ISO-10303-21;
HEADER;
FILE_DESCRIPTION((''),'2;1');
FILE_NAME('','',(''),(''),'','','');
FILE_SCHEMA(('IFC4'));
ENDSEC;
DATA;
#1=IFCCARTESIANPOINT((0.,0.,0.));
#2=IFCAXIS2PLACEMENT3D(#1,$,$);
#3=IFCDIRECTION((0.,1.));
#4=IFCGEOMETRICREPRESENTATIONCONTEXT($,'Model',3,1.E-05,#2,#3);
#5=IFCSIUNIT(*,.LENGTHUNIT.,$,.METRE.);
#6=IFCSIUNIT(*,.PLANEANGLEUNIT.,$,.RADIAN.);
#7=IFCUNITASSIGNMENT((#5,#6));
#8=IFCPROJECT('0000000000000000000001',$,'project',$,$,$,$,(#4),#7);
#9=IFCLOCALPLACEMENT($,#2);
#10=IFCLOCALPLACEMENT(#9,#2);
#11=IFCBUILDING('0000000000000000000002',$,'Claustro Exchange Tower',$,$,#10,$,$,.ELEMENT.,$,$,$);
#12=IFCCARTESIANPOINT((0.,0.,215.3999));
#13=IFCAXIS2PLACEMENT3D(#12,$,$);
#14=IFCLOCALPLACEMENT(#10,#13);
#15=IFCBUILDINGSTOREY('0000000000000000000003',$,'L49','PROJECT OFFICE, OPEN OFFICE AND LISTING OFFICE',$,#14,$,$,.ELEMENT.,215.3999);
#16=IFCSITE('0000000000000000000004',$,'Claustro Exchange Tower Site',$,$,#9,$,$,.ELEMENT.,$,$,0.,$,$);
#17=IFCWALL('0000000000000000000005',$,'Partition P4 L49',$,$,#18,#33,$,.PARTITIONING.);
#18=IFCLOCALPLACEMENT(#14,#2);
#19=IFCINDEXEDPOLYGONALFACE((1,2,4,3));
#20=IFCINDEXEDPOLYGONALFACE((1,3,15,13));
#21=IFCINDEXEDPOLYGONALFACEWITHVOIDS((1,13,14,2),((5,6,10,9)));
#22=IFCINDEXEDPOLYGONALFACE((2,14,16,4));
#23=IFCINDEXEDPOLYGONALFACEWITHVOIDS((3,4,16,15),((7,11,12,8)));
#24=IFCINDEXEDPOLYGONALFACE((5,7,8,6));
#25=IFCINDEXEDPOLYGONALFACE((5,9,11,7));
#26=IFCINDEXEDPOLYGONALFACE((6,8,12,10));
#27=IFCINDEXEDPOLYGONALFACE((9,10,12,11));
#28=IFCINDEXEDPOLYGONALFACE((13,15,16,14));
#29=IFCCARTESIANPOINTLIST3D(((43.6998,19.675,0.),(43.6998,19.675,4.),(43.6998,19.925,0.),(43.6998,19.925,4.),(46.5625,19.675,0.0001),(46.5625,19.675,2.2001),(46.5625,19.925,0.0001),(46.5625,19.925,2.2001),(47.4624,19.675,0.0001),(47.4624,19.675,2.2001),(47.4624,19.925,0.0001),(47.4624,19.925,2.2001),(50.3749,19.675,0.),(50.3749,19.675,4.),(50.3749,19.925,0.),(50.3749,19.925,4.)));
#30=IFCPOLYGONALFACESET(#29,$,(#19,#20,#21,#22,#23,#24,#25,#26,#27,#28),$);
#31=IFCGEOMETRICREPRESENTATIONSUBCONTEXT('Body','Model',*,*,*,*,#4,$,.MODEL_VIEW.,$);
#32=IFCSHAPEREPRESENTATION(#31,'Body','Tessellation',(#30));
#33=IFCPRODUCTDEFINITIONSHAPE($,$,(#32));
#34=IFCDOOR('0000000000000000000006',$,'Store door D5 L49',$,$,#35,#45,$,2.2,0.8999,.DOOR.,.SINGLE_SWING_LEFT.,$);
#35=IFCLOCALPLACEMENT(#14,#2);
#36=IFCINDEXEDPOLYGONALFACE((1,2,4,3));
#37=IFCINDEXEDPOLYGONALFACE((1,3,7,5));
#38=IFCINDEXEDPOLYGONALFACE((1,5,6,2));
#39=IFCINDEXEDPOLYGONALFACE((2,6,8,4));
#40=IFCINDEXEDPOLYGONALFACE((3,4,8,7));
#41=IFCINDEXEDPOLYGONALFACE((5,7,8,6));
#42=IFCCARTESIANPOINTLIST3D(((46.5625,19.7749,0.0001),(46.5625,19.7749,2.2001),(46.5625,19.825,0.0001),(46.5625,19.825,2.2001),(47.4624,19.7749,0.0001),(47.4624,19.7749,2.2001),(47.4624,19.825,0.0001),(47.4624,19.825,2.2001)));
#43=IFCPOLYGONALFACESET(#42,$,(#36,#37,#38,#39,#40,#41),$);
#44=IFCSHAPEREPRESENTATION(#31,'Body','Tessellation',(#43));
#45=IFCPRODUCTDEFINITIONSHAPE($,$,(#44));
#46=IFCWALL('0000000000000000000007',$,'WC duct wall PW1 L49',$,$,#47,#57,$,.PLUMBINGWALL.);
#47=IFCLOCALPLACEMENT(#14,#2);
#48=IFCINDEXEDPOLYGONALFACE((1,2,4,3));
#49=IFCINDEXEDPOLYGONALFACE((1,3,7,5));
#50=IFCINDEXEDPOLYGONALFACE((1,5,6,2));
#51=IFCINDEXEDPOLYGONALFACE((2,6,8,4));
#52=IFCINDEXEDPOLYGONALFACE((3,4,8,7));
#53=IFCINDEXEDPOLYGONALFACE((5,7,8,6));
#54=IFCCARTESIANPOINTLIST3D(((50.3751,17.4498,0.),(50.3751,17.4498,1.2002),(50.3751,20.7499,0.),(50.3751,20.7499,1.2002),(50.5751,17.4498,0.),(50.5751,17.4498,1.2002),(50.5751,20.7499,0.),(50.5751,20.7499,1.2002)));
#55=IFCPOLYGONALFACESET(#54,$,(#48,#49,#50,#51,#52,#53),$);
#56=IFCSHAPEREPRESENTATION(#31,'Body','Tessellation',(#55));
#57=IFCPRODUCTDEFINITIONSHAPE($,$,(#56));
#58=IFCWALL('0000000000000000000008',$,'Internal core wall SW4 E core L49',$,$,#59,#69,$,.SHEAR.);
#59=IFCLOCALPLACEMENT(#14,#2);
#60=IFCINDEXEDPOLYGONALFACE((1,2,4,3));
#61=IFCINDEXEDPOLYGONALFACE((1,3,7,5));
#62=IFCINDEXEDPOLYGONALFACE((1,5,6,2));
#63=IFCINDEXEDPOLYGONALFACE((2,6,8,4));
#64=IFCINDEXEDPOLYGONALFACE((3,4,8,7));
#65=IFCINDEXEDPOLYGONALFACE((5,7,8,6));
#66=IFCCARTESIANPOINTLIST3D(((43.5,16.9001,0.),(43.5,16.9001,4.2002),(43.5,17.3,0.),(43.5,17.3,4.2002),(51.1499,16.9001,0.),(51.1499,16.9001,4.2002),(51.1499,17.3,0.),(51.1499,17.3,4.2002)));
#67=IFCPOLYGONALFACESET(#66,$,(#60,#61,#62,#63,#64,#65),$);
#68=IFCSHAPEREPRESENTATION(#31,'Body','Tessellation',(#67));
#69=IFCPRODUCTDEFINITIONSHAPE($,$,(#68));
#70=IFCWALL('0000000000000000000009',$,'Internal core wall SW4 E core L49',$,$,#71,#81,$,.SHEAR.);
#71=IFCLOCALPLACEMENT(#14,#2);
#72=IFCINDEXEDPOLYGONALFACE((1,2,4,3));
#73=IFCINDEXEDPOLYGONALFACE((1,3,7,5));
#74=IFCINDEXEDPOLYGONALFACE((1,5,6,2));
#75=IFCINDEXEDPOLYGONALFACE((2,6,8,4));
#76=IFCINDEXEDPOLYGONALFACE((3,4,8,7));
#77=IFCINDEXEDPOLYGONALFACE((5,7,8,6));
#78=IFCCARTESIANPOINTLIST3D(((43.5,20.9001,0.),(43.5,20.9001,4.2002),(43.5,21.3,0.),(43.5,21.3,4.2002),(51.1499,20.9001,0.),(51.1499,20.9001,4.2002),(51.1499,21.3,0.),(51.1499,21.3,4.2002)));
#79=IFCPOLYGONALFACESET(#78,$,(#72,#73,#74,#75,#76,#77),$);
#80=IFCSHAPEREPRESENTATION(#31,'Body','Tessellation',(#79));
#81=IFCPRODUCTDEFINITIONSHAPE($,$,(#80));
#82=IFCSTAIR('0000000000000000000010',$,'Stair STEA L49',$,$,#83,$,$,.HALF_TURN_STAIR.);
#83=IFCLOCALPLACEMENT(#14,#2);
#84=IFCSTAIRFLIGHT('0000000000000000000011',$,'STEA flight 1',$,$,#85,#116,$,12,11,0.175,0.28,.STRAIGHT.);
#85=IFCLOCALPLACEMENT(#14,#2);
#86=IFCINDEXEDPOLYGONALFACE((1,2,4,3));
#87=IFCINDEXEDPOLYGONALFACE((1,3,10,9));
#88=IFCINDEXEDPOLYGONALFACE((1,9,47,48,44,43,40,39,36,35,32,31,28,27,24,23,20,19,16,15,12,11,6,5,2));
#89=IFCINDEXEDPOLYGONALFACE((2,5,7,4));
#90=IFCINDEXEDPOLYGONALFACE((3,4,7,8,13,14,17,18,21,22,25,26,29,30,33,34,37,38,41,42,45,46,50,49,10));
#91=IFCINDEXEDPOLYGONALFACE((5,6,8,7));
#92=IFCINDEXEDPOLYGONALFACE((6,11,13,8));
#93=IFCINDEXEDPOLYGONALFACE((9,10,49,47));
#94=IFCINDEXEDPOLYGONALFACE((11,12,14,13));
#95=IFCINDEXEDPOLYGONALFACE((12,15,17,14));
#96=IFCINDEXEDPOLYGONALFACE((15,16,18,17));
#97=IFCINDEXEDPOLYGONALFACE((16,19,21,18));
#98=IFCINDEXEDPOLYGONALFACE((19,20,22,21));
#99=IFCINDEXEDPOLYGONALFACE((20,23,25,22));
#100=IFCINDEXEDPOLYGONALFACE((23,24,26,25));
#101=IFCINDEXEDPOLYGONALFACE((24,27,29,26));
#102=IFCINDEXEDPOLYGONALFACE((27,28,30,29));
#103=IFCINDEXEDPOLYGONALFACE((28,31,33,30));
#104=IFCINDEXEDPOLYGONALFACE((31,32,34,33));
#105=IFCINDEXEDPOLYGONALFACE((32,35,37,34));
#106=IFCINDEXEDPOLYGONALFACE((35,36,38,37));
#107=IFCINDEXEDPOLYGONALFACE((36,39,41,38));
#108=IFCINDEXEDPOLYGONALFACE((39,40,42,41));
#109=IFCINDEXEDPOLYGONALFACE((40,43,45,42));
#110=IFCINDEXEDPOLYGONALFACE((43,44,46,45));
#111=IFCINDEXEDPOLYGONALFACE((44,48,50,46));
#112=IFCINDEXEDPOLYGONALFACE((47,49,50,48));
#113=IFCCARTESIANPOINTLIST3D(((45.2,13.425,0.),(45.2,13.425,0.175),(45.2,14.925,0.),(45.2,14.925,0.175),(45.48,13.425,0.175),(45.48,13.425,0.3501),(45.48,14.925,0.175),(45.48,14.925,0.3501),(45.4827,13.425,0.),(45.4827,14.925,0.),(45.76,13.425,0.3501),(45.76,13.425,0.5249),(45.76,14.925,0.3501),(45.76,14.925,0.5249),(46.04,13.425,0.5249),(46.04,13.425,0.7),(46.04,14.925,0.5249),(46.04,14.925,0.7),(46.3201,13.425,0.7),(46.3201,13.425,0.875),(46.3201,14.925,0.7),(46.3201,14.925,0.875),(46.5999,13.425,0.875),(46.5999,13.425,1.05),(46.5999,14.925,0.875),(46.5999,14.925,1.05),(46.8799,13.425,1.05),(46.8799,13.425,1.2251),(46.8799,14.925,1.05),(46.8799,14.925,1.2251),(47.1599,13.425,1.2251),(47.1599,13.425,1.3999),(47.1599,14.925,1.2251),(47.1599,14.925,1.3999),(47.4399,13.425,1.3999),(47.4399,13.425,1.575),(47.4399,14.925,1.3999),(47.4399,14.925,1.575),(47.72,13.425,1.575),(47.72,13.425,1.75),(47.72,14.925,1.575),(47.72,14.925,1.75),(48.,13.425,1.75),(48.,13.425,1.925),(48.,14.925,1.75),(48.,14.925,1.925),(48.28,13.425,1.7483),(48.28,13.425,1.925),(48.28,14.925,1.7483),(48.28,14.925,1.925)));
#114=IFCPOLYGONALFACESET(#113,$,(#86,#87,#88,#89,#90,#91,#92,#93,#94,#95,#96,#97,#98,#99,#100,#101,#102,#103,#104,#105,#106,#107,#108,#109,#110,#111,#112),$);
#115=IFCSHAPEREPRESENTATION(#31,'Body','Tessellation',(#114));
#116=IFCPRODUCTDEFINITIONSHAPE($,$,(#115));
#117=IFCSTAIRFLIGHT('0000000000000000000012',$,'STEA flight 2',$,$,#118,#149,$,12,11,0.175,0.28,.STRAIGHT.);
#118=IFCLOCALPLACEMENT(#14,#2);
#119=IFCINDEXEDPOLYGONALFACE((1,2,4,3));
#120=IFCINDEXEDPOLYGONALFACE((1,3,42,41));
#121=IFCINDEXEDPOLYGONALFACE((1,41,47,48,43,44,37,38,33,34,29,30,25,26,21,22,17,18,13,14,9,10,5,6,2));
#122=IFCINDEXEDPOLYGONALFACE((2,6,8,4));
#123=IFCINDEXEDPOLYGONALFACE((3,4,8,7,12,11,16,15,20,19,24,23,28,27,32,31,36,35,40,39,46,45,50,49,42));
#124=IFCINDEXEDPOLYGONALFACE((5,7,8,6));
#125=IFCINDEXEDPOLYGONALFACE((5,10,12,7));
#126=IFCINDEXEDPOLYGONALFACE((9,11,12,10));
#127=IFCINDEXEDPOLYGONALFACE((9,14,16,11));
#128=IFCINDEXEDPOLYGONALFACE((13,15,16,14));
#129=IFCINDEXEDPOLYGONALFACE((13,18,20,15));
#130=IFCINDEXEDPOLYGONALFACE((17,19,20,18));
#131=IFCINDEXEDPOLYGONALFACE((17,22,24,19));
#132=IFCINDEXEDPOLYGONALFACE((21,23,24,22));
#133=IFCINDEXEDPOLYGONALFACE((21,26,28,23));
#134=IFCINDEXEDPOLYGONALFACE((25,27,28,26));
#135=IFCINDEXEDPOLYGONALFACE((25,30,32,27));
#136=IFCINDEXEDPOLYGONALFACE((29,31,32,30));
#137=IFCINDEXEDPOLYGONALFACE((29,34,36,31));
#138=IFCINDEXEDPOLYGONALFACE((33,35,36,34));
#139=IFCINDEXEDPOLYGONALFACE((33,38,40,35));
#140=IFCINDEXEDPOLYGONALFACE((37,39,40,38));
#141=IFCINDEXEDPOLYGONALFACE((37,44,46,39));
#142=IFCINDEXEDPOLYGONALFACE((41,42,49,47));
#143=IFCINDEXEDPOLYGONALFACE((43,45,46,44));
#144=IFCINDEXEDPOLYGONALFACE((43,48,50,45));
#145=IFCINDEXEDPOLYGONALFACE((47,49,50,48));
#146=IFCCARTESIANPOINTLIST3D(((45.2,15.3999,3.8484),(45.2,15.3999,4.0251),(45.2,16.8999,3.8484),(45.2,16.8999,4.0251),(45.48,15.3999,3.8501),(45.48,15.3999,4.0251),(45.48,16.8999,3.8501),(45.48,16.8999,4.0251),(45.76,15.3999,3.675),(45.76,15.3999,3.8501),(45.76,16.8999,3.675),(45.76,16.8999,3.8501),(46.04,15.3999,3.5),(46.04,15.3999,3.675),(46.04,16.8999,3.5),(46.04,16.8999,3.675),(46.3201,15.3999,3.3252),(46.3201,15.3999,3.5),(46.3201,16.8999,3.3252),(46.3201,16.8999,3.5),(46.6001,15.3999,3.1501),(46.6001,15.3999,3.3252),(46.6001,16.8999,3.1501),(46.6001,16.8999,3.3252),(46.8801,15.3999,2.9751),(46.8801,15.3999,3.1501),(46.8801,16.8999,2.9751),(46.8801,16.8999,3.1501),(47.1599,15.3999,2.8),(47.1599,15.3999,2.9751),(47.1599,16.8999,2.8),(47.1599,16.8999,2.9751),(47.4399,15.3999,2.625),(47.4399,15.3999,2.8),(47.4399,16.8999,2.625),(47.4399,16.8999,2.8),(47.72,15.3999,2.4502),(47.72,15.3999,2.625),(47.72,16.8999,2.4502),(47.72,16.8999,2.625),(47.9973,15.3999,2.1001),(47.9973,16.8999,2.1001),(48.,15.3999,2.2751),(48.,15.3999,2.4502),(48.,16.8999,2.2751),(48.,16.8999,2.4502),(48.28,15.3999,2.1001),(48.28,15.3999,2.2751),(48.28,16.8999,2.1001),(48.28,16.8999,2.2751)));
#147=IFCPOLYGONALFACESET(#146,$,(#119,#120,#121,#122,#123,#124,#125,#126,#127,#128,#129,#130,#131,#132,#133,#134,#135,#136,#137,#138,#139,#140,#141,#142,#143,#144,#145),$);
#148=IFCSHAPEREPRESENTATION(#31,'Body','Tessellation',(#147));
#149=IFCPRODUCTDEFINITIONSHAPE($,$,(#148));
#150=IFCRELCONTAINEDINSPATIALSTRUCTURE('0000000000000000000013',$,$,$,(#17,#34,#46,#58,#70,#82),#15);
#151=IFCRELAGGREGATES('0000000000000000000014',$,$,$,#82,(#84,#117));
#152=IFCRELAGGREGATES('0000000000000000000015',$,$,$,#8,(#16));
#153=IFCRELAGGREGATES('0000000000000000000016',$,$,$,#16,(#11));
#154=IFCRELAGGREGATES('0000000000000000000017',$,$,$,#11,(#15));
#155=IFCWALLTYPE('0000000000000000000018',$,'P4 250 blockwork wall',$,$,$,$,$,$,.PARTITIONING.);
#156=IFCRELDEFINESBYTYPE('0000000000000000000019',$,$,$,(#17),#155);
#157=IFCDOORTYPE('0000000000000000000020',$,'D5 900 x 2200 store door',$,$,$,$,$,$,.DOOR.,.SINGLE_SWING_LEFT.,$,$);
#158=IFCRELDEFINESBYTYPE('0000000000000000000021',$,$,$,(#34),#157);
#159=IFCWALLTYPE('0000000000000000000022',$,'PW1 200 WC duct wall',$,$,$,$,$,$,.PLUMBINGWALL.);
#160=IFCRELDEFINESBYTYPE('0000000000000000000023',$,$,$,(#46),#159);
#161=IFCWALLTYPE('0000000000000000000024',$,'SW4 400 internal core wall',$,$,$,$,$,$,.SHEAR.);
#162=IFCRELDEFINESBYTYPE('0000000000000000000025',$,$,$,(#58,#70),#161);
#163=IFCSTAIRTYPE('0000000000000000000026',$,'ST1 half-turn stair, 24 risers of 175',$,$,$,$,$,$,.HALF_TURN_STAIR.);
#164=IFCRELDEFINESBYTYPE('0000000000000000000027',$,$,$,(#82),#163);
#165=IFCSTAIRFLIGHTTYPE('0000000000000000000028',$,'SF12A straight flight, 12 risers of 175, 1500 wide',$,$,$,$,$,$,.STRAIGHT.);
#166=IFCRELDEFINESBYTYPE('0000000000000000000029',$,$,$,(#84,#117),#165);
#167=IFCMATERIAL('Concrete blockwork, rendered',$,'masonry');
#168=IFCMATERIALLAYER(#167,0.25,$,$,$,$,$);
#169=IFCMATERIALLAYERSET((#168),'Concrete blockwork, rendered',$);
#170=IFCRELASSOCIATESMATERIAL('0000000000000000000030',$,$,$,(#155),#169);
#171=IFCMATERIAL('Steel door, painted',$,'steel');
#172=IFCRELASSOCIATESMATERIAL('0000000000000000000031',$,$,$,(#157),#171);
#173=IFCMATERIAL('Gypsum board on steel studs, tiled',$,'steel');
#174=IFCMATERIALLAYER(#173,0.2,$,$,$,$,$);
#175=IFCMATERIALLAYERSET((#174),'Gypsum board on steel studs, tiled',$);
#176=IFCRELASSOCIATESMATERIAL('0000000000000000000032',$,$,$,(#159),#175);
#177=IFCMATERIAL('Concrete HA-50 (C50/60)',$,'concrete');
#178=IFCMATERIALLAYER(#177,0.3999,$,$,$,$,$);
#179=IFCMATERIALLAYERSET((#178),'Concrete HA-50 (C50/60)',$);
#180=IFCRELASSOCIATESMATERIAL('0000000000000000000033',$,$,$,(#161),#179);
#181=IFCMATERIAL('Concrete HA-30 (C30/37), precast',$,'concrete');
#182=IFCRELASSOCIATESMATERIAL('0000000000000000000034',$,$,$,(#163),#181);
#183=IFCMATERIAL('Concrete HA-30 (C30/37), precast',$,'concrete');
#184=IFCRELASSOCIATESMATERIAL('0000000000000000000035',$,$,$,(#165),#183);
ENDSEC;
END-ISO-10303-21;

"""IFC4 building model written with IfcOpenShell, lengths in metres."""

from ifc_helpers import new_model, si_unit, direction, frame, frame_2d, origin, place, context, subcontext, project, spatial, polyline, rectangle, outline, extrude, material, layer, layer_set, type_object, element, fill, aggregate, save


model = new_model("IFC4")

# Units and contexts
model_context = context("Model", 3, precision=1e-05, world=origin(), true_north=direction((0.0, 1.0)))
body_context = subcontext(model_context, "Body", "Model", "MODEL_VIEW")
ifc_project = project(units=[si_unit("LENGTHUNIT", "METRE"), si_unit("PLANEANGLEUNIT", "RADIAN")], contexts=[model_context])

# Site, building, storey
site_placement = place(None, origin())
site = spatial("IfcSite", under=ifc_project, at=site_placement, Name="Claustro Exchange Tower Site", CompositionType="ELEMENT", RefElevation=0.0)
building_placement = place(site_placement, origin())
building = spatial("IfcBuilding", under=site, at=building_placement, Name="Claustro Exchange Tower", CompositionType="ELEMENT")
storey_placement = place(building_placement, frame((0.0, 0.0, 215.3999)))
storey = spatial("IfcBuildingStorey", under=building, at=storey_placement, Name="L49", Description="PROJECT OFFICE, OPEN OFFICE AND LISTING OFFICE", CompositionType="ELEMENT", Elevation=215.3999)

# Wall, opening, door
ifc_material_1 = material(Name="Concrete blockwork, rendered", Category="masonry")
ifc_layer_1 = layer(ifc_material_1, 0.25)
ifc_layer_set_1 = layer_set([ifc_layer_1], Name="Concrete blockwork, rendered")
wall_type_1 = type_object("IfcWallType", Name="P4 250 blockwork wall", PredefinedType="PARTITIONING", material=ifc_layer_set_1)
wall_1_placement = place(storey_placement, frame((43.7, 19.8, 0.0), z_axis=(0.0, 0.0, 1.0), x_axis=(1.0, 0.0, 0.0)))
wall_1 = element("IfcWall", 1, at=wall_1_placement, inside=storey, type_object=wall_type_1, Name="Partition P4 L49", PredefinedType="PARTITIONING", context=body_context, shape_type="SweptSolid", body=[
    extrude(rectangle(XDim=6.675, YDim=0.25, at=frame_2d((3.3374, 0.0))), origin(), (0.0, 0.0, 1.0), 4.0),
])
opening_placement = place(wall_1_placement, frame((2.8625, 0.0, 0.0)))
opening = element("IfcOpeningElement", 2, at=opening_placement, cuts=wall_1, PredefinedType="OPENING", context=body_context, shape_type="SweptSolid", body=[
    extrude(rectangle(XDim=0.8999, YDim=2.2, at=frame_2d((0.45, 1.1001))), frame((0.0, 0.135, 0.0), z_axis=(0.0, -1.0, 0.0), x_axis=(1.0, 0.0, 0.0)), (0.0, 0.0, 1.0), 0.27),
])
ifc_material_2 = material(Name="Steel door, painted", Category="steel")
door_type = type_object("IfcDoorType", Name="D5 900 x 2200 store door", OperationType="SINGLE_SWING_LEFT", PredefinedType="DOOR", material=ifc_material_2)
door_placement = place(opening_placement, origin())
door = element("IfcDoor", 3, at=door_placement, inside=storey, type_object=door_type, Name="Store door D5 L49", OperationType="SINGLE_SWING_LEFT", OverallHeight=2.2, OverallWidth=0.8999, PredefinedType="DOOR", context=body_context, shape_type="SweptSolid", body=[
    extrude(rectangle(XDim=0.8999, YDim=2.2, at=frame_2d((0.45, 1.1001))), frame((0.0, 0.0249, 0.0), z_axis=(0.0, -1.0, 0.0), x_axis=(1.0, 0.0, 0.0)), (0.0, 0.0, 1.0), 0.05),
])
fill(opening, door)

# Walls
ifc_material_3 = material(Name="Gypsum board on steel studs, tiled", Category="steel")
ifc_layer_2 = layer(ifc_material_3, 0.2)
ifc_layer_set_2 = layer_set([ifc_layer_2], Name="Gypsum board on steel studs, tiled")
wall_type_2 = type_object("IfcWallType", Name="PW1 200 WC duct wall", PredefinedType="PLUMBINGWALL", material=ifc_layer_set_2)
wall_2_placement = place(storey_placement, frame((50.4751, 17.45, 0.0), z_axis=(0.0, 0.0, 1.0), x_axis=(0.0, 1.0, 0.0)))
element("IfcWall", 4, at=wall_2_placement, inside=storey, type_object=wall_type_2, Name="WC duct wall PW1 L49", PredefinedType="PLUMBINGWALL", context=body_context, shape_type="SweptSolid", body=[
    extrude(rectangle(XDim=3.3, YDim=0.2, at=frame_2d((1.6499, 0.0))), origin(), (0.0, 0.0, 1.0), 1.2002),
])
ifc_material_4 = material(Name="Concrete HA-50 (C50/60)", Category="concrete")
ifc_layer_3 = layer(ifc_material_4, 0.3999)
ifc_layer_set_3 = layer_set([ifc_layer_3], Name="Concrete HA-50 (C50/60)")
wall_type_3 = type_object("IfcWallType", Name="SW4 400 internal core wall", PredefinedType="SHEAR", material=ifc_layer_set_3)
for number, where, z_axis, x_axis, name in (
    (5, (51.1499, 17.1001, 0.0), (0.0, 0.0, 1.0), (-1.0, 0.0, 0.0), "Internal core wall SW4 E core L49"),
    (6, (51.1499, 21.1001, 0.0), (0.0, 0.0, 1.0), (-1.0, 0.0, 0.0), "Internal core wall SW4 E core L49"),
):
    element("IfcWall", number, at=place(storey_placement, frame(where, z_axis=z_axis, x_axis=x_axis)), inside=storey, type_object=wall_type_3, Name=name, PredefinedType="SHEAR", context=body_context, shape_type="SweptSolid", body=[
        extrude(rectangle(XDim=7.6499, YDim=0.3999, at=frame_2d((3.825, 0.0))), origin(), (0.0, 0.0, 1.0), 4.2002),
    ])

# Stair, stair flights
ifc_material_5 = material(Name="Concrete HA-30 (C30/37), precast", Category="concrete")
stair_type = type_object("IfcStairType", Name="ST1 half-turn stair, 24 risers of 175", PredefinedType="HALF_TURN_STAIR", material=ifc_material_5)
stair_placement = place(storey_placement, origin())
stair = element("IfcStair", 7, at=stair_placement, inside=storey, type_object=stair_type, Name="Stair STEA L49", PredefinedType="HALF_TURN_STAIR")
ifc_material_6 = material(Name="Concrete HA-30 (C30/37), precast", Category="concrete")
stair_flight_type = type_object("IfcStairFlightType", Name="SF12A straight flight, 12 risers of 175, 1500 wide", PredefinedType="STRAIGHT", material=ifc_material_6)
stair_flight_1_placement = place(storey_placement, frame((45.2, 14.175, 0.0), z_axis=(0.0, 0.0, 1.0), x_axis=(1.0, 0.0, 0.0)))
stair_flight_1 = element("IfcStairFlight", 8, at=stair_flight_1_placement, type_object=stair_flight_type, Name="STEA flight 1", NumberOfRisers=12, NumberOfTreads=11, PredefinedType="STRAIGHT", RiserHeight=0.175, TreadLength=0.28, context=body_context, shape_type="SweptSolid", body=[
    extrude(outline(polyline([(0.0, 0.0), (0.0, 0.175), (0.28, 0.175), (0.28, 0.3501), (0.5601, 0.3501), (0.5601, 0.5249), (0.8401, 0.5249), (0.8401, 0.7), (1.1201, 0.7), (1.1201, 0.875), (1.3999, 0.875), (1.3999, 1.05), (1.6799, 1.05), (1.6799, 1.2251), (1.96, 1.2251), (1.96, 1.3999), (2.24, 1.3999), (2.24, 1.575), (2.52, 1.575), (2.52, 1.75), (2.8, 1.75), (2.8, 1.925), (3.0801, 1.925), (3.0801, 2.1001), (3.0801, 1.7483), (0.2827, 0.0), (0.0, 0.0)])), frame((0.0, 0.75, 0.0), z_axis=(0.0, -1.0, 0.0), x_axis=(1.0, 0.0, 0.0)), (0.0, 0.0, 1.0), 1.5),
])
stair_flight_2_placement = place(storey_placement, frame((48.28, 16.1499, 2.1001), z_axis=(0.0, 0.0, 1.0), x_axis=(-1.0, 0.0, 0.0)))
stair_flight_2 = element("IfcStairFlight", 9, at=stair_flight_2_placement, type_object=stair_flight_type, Name="STEA flight 2", NumberOfRisers=12, NumberOfTreads=11, PredefinedType="STRAIGHT", RiserHeight=0.175, TreadLength=0.28, context=body_context, shape_type="SweptSolid", body=[
    extrude(outline(polyline([(0.0, 0.0), (0.0, 0.175), (0.28, 0.175), (0.28, 0.3501), (0.5601, 0.3501), (0.5601, 0.5249), (0.8401, 0.5249), (0.8401, 0.7), (1.1201, 0.7), (1.1201, 0.875), (1.3999, 0.875), (1.3999, 1.05), (1.6799, 1.05), (1.6799, 1.2251), (1.96, 1.2251), (1.96, 1.3999), (2.24, 1.3999), (2.24, 1.575), (2.52, 1.575), (2.52, 1.75), (2.8, 1.75), (2.8, 1.925), (3.0801, 1.925), (3.0801, 2.1001), (3.0801, 1.7483), (0.2827, 0.0), (0.0, 0.0)])), frame((0.0, 0.75, 0.0), z_axis=(0.0, -1.0, 0.0), x_axis=(1.0, 0.0, 0.0)), (0.0, 0.0, 1.0), 1.5),
])
aggregate(stair, [stair_flight_1, stair_flight_2])

save(model, "model.ifc")
